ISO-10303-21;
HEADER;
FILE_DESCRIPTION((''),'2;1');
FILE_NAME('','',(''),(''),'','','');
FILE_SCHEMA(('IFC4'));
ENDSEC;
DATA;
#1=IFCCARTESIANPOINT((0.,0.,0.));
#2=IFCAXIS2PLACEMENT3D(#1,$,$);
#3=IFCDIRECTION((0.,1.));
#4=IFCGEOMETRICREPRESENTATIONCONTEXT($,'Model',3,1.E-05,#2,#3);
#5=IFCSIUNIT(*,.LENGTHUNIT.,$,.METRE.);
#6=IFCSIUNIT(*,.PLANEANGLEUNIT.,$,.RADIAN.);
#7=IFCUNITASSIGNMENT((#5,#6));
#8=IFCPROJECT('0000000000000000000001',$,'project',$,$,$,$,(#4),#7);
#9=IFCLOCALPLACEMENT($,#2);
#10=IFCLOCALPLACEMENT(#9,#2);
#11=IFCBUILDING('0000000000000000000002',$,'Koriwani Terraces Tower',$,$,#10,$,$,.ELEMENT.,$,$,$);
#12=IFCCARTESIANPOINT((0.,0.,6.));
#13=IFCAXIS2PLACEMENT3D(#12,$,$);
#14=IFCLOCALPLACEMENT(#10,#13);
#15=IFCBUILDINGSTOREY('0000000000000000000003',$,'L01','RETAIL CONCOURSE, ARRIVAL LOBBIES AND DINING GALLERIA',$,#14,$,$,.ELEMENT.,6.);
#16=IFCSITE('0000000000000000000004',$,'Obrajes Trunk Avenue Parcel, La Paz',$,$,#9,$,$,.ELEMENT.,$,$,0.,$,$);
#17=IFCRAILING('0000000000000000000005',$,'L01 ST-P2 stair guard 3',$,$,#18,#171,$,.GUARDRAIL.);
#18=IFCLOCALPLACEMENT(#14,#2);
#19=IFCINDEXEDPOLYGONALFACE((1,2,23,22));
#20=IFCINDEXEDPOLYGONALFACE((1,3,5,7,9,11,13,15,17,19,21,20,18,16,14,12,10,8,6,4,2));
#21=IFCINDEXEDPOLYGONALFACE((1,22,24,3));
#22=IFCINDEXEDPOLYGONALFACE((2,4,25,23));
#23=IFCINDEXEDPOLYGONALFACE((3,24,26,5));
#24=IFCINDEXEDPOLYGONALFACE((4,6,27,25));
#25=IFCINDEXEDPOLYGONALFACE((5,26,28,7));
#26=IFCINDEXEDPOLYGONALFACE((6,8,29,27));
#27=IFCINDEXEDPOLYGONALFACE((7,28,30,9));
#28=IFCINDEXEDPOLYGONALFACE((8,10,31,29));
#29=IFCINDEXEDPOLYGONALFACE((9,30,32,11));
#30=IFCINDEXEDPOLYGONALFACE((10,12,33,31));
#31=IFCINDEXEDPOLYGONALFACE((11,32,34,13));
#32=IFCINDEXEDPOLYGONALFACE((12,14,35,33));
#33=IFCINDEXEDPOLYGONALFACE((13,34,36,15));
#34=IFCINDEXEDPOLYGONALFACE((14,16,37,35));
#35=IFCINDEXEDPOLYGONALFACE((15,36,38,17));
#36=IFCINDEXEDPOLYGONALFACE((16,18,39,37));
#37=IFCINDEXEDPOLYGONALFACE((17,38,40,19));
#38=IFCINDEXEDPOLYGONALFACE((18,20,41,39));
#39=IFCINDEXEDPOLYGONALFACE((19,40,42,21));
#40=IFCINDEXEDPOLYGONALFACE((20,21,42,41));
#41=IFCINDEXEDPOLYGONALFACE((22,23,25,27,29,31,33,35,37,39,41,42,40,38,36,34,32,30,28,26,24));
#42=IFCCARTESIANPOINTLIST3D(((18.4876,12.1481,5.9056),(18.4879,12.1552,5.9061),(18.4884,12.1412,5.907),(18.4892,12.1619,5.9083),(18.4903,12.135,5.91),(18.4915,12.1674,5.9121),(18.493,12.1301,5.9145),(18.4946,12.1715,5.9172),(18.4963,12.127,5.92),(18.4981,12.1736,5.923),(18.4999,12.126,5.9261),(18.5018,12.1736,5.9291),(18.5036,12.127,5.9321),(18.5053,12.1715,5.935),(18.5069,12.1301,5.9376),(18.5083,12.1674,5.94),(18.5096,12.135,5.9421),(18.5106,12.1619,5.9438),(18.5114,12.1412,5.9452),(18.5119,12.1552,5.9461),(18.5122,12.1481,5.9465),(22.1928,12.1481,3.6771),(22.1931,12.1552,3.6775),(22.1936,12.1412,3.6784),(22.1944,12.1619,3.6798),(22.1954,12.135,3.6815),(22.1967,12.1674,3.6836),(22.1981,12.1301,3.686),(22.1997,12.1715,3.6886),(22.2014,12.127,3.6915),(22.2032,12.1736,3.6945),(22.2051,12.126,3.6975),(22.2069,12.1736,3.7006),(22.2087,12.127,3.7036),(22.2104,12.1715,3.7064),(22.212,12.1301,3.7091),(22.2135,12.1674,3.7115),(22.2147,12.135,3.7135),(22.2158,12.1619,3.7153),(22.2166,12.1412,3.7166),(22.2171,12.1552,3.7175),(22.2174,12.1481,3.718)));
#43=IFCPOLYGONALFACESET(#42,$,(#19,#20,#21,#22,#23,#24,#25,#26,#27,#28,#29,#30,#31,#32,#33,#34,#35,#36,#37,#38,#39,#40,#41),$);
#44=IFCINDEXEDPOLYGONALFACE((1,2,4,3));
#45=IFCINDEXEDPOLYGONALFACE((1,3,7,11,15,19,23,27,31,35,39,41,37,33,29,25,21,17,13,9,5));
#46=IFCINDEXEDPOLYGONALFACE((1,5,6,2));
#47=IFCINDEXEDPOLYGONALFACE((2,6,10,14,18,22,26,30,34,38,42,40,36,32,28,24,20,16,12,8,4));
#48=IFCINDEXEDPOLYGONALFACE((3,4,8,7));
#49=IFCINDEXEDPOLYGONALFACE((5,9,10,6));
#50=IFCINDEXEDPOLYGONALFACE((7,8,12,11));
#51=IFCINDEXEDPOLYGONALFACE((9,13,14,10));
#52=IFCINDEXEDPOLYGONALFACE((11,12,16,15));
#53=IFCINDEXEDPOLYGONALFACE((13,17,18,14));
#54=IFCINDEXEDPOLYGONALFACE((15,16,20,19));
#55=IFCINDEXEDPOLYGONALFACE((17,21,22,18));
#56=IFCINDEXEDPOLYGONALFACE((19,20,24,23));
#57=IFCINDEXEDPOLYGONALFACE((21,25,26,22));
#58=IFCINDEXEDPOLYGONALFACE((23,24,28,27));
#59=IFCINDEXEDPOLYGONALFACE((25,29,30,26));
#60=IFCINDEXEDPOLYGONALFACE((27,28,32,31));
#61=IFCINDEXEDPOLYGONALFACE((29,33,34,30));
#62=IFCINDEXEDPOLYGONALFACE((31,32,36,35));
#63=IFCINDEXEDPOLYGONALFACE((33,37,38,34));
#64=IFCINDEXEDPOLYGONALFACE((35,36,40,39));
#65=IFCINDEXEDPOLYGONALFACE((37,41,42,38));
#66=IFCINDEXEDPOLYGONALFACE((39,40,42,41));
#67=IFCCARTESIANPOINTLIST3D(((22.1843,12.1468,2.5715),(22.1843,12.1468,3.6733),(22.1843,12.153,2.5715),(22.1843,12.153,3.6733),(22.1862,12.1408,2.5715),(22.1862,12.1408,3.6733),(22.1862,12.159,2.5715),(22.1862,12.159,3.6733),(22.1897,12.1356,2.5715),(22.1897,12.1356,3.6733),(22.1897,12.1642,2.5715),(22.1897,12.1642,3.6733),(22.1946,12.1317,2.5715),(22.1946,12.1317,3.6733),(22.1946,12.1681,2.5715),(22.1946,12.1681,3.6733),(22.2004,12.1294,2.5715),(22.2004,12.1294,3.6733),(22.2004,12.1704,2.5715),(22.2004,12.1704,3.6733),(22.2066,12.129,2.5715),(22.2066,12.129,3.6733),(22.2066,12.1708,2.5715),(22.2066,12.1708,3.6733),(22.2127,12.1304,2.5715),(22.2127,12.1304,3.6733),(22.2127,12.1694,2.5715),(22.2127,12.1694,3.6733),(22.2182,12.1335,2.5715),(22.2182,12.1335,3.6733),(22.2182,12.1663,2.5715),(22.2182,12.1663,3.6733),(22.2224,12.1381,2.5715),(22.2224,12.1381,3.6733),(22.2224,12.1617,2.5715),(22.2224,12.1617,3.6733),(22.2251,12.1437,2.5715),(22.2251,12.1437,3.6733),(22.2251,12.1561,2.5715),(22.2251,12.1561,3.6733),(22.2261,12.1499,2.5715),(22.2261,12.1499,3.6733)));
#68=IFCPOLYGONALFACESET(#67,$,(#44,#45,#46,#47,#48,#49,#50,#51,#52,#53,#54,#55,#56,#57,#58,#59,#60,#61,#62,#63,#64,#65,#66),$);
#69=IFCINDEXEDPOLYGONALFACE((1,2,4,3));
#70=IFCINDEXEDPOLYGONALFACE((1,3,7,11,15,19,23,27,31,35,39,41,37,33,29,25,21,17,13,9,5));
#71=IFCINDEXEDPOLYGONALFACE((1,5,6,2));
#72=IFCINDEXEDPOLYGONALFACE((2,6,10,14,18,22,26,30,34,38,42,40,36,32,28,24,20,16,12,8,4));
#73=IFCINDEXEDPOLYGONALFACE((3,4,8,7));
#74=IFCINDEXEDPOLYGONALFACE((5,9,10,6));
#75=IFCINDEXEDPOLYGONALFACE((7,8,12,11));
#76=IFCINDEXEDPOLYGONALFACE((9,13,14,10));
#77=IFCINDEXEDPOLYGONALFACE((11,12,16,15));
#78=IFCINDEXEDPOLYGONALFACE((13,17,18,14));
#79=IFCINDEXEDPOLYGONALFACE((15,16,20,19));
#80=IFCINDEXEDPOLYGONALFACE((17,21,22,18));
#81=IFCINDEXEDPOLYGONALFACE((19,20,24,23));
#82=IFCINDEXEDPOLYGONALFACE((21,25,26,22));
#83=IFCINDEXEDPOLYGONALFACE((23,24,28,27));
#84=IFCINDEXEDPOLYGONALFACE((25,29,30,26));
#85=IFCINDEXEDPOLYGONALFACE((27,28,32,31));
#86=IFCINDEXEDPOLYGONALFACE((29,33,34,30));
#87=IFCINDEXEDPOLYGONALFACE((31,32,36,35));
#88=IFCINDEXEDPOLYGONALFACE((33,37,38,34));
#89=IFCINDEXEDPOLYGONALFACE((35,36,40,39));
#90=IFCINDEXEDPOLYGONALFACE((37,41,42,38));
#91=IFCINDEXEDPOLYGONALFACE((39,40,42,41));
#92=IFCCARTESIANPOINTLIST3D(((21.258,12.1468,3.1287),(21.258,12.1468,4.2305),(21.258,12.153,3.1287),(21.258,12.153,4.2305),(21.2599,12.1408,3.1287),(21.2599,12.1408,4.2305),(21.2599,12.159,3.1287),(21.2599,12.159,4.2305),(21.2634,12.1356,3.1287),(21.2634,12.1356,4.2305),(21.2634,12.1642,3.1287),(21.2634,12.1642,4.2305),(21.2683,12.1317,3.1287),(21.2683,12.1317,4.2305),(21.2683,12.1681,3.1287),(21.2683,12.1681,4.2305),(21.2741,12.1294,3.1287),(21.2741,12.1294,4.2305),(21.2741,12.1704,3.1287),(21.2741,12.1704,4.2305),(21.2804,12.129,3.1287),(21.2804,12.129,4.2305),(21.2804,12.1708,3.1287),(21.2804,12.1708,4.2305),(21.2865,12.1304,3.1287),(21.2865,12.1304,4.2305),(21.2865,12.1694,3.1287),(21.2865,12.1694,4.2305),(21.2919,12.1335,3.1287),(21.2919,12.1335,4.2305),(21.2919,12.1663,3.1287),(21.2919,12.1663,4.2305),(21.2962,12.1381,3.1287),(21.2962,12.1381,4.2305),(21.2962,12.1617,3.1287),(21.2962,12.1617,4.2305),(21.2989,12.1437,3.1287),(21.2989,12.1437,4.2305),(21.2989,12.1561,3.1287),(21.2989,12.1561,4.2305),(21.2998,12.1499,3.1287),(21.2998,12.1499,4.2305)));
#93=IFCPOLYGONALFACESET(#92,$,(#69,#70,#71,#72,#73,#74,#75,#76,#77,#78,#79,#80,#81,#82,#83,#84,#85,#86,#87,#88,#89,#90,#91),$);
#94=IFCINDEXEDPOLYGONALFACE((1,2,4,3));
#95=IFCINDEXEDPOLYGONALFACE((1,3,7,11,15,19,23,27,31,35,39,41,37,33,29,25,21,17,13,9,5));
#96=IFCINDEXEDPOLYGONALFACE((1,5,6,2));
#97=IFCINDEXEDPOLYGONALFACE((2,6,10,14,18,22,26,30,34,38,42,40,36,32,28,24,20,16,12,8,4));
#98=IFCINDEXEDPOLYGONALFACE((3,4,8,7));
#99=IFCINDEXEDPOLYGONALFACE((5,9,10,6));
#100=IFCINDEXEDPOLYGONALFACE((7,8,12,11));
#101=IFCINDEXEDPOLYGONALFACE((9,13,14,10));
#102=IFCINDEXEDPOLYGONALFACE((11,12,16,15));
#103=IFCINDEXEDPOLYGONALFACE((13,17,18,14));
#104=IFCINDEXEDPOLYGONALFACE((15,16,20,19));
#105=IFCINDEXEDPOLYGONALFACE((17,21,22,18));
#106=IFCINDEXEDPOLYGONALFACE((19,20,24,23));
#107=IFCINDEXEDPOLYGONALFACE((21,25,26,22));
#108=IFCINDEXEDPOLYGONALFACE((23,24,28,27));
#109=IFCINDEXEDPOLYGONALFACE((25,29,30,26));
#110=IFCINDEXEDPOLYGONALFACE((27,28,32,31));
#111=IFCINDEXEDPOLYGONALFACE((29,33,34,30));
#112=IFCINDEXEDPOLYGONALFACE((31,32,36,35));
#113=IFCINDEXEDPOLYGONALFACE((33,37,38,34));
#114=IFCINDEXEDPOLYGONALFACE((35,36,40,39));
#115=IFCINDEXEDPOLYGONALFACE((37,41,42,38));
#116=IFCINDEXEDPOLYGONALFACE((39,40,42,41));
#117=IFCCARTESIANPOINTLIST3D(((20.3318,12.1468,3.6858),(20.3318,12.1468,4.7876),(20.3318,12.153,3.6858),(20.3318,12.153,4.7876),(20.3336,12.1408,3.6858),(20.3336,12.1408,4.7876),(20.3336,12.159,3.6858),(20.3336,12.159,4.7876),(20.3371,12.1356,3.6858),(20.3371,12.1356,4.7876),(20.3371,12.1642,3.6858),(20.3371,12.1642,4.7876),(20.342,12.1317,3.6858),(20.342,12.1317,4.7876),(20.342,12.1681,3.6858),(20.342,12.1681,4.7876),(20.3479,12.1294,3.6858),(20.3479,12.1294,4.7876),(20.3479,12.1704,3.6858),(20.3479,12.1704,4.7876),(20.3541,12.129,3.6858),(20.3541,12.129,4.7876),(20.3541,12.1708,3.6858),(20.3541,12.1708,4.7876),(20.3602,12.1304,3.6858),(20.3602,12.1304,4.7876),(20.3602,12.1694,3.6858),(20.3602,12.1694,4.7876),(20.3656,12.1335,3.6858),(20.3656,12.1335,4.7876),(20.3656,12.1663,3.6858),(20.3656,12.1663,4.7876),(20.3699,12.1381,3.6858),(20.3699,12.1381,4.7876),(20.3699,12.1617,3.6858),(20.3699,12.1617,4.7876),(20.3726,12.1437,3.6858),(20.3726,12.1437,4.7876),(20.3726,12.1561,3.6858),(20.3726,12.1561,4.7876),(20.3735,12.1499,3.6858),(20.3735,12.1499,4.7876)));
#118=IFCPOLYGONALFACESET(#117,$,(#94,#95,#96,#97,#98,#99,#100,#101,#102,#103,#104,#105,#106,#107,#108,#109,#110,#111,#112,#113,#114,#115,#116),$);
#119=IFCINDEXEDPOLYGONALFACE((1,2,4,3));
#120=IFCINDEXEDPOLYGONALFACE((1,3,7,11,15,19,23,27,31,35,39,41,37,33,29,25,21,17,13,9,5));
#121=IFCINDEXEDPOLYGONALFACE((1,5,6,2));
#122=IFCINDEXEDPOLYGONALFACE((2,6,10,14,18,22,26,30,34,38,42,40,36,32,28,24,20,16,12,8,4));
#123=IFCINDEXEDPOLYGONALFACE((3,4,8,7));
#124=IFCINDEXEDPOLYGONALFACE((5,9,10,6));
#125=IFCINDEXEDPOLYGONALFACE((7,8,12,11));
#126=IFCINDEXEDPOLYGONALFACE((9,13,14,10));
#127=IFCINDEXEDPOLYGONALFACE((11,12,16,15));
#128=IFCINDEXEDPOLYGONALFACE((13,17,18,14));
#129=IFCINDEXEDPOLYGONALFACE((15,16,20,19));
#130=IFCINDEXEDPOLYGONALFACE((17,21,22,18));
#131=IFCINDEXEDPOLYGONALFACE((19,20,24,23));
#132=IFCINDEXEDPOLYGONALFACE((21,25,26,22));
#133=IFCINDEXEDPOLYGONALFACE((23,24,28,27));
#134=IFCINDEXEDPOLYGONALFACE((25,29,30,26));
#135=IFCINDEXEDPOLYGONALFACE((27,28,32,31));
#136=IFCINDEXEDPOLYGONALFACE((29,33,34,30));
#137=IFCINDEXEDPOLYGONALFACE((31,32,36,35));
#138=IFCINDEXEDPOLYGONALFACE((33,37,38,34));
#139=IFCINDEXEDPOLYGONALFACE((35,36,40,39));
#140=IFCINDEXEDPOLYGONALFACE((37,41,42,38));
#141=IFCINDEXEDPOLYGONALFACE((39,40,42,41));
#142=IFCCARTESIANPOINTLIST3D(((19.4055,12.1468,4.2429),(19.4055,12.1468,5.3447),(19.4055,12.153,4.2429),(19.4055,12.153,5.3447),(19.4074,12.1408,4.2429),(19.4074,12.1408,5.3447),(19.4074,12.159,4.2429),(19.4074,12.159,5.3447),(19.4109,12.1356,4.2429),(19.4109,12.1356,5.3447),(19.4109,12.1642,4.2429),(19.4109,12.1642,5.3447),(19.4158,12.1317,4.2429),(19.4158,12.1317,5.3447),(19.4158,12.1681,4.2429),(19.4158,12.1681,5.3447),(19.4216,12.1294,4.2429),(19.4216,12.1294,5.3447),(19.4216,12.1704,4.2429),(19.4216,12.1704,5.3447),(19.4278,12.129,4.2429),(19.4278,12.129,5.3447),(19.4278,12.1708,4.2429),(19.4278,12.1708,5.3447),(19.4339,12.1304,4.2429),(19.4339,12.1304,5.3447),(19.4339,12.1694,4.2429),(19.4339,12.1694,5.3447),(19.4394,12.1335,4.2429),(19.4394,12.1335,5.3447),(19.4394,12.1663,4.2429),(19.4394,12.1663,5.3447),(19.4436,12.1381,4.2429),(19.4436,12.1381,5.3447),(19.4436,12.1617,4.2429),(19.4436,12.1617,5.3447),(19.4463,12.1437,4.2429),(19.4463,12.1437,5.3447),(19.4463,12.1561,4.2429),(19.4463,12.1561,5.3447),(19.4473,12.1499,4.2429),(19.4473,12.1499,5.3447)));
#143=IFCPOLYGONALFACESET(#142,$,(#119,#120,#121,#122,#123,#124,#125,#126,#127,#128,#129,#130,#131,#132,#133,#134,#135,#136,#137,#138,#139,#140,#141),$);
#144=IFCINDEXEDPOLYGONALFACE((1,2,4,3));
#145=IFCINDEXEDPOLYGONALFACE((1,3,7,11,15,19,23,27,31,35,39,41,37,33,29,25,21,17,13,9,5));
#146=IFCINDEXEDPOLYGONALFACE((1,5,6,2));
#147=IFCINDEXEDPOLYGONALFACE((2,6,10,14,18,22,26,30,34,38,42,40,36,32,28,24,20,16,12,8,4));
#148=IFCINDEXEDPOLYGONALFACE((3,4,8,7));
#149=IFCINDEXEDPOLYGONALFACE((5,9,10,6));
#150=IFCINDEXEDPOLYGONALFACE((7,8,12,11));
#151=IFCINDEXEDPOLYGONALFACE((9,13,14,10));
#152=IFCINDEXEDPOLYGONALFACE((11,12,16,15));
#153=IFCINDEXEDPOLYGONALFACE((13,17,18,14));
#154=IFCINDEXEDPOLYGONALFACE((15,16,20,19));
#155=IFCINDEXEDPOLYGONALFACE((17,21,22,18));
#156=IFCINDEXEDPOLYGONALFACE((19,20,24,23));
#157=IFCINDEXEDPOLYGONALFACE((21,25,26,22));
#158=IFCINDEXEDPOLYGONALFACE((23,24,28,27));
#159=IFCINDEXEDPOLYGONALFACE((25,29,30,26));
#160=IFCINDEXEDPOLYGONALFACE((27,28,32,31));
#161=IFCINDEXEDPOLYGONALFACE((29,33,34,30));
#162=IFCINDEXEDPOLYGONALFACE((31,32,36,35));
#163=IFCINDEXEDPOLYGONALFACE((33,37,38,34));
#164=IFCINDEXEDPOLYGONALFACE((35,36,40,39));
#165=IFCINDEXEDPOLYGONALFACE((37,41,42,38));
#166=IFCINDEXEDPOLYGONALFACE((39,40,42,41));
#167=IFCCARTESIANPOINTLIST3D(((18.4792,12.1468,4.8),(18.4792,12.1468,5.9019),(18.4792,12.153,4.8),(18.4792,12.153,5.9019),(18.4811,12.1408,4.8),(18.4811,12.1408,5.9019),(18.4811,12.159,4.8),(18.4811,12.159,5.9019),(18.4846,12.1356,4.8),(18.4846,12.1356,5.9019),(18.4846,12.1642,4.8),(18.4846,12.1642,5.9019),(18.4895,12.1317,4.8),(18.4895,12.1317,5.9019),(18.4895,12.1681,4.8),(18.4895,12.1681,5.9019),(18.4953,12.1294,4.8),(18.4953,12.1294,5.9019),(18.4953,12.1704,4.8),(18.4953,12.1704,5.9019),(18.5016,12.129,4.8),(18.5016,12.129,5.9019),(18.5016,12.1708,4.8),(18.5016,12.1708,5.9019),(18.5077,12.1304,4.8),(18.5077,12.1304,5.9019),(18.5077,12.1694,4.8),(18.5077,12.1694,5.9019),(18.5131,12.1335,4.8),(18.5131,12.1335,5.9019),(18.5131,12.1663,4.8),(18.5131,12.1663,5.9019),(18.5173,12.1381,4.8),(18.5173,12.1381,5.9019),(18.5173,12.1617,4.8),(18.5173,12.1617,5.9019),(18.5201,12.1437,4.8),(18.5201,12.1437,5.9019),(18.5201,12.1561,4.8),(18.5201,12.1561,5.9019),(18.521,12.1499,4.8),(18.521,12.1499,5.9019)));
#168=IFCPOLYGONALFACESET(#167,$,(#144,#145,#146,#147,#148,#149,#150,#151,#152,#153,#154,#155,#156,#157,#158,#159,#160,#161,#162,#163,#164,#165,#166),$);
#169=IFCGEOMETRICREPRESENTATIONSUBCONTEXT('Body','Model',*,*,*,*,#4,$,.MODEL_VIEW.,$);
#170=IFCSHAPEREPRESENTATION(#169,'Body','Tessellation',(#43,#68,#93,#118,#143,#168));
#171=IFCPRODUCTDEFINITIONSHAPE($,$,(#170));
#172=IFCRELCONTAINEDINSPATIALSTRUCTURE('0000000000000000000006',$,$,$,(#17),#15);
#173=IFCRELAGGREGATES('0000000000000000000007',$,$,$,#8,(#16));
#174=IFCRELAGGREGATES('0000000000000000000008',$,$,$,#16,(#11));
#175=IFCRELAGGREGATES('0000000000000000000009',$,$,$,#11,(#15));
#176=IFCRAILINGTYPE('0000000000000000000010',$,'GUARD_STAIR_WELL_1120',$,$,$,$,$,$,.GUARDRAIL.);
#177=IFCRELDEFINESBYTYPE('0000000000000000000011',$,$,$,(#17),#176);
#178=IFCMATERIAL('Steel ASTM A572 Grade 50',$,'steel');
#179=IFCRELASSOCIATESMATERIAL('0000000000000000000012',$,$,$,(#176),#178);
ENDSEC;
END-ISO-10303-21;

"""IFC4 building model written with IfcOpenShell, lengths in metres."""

from ifc_helpers import new_model, si_unit, direction, frame, origin, origin_2d, place, context, subcontext, project, spatial, circle, extrude, material, type_object, element, save


model = new_model("IFC4")

# Units and contexts
model_context = context("Model", 3, precision=1e-05, world=origin(), true_north=direction((0.0, 1.0)))
body_context = subcontext(model_context, "Body", "Model", "MODEL_VIEW")
ifc_project = project(units=[si_unit("LENGTHUNIT", "METRE"), si_unit("PLANEANGLEUNIT", "RADIAN")], contexts=[model_context])

# Site, building, storey
site_placement = place(None, origin())
site = spatial("IfcSite", under=ifc_project, at=site_placement, Name="Obrajes Trunk Avenue Parcel, La Paz", CompositionType="ELEMENT", RefElevation=0.0)
building_placement = place(site_placement, origin())
building = spatial("IfcBuilding", under=site, at=building_placement, Name="Koriwani Terraces Tower", CompositionType="ELEMENT")
storey_placement = place(building_placement, frame((0.0, 0.0, 6.0)))
storey = spatial("IfcBuildingStorey", under=building, at=storey_placement, Name="L01", Description="RETAIL CONCOURSE, ARRIVAL LOBBIES AND DINING GALLERIA", CompositionType="ELEMENT", Elevation=6.0)

# Shared definitions
ifc_material_1 = material(Name="Steel ASTM A572 Grade 50", Category="steel")

# Railing
railing_type_1 = type_object("IfcRailingType", Name="GUARD_STAIR_WELL_1120", PredefinedType="GUARDRAIL", material=ifc_material_1)
railing_1_placement = place(storey_placement, frame((22.2051, 12.1499, 2.5715)))
element("IfcRailing", 1, at=railing_1_placement, inside=storey, type_object=railing_type_1, Name="L01 ST-P2 stair guard 3", PredefinedType="GUARDRAIL", context=body_context, shape_type="SweptSolid", body=[
    extrude(circle(Radius=0.0239, at=origin_2d()), frame((0.0, 0.0, 1.126), z_axis=(-0.856934, 0.0, 0.515425), x_axis=(0.0, -1.0, 0.0)), (0.0, 0.0, 1.0), 4.3237),
    extrude(circle(Radius=0.021, at=origin_2d()), origin(), (0.0, 0.0, 1.0), 1.1018),
    extrude(circle(Radius=0.021, at=origin_2d()), frame((-0.9263, 0.0, 0.5571)), (0.0, 0.0, 1.0), 1.1018),
    extrude(circle(Radius=0.021, at=origin_2d()), frame((-1.8525, 0.0, 1.1143)), (0.0, 0.0, 1.0), 1.1018),
    extrude(circle(Radius=0.021, at=origin_2d()), frame((-2.7788, 0.0, 1.6714)), (0.0, 0.0, 1.0), 1.1018),
    extrude(circle(Radius=0.021, at=origin_2d()), frame((-3.7051, 0.0, 2.2285)), (0.0, 0.0, 1.0), 1.1018),
])

save(model, "model.ifc")
